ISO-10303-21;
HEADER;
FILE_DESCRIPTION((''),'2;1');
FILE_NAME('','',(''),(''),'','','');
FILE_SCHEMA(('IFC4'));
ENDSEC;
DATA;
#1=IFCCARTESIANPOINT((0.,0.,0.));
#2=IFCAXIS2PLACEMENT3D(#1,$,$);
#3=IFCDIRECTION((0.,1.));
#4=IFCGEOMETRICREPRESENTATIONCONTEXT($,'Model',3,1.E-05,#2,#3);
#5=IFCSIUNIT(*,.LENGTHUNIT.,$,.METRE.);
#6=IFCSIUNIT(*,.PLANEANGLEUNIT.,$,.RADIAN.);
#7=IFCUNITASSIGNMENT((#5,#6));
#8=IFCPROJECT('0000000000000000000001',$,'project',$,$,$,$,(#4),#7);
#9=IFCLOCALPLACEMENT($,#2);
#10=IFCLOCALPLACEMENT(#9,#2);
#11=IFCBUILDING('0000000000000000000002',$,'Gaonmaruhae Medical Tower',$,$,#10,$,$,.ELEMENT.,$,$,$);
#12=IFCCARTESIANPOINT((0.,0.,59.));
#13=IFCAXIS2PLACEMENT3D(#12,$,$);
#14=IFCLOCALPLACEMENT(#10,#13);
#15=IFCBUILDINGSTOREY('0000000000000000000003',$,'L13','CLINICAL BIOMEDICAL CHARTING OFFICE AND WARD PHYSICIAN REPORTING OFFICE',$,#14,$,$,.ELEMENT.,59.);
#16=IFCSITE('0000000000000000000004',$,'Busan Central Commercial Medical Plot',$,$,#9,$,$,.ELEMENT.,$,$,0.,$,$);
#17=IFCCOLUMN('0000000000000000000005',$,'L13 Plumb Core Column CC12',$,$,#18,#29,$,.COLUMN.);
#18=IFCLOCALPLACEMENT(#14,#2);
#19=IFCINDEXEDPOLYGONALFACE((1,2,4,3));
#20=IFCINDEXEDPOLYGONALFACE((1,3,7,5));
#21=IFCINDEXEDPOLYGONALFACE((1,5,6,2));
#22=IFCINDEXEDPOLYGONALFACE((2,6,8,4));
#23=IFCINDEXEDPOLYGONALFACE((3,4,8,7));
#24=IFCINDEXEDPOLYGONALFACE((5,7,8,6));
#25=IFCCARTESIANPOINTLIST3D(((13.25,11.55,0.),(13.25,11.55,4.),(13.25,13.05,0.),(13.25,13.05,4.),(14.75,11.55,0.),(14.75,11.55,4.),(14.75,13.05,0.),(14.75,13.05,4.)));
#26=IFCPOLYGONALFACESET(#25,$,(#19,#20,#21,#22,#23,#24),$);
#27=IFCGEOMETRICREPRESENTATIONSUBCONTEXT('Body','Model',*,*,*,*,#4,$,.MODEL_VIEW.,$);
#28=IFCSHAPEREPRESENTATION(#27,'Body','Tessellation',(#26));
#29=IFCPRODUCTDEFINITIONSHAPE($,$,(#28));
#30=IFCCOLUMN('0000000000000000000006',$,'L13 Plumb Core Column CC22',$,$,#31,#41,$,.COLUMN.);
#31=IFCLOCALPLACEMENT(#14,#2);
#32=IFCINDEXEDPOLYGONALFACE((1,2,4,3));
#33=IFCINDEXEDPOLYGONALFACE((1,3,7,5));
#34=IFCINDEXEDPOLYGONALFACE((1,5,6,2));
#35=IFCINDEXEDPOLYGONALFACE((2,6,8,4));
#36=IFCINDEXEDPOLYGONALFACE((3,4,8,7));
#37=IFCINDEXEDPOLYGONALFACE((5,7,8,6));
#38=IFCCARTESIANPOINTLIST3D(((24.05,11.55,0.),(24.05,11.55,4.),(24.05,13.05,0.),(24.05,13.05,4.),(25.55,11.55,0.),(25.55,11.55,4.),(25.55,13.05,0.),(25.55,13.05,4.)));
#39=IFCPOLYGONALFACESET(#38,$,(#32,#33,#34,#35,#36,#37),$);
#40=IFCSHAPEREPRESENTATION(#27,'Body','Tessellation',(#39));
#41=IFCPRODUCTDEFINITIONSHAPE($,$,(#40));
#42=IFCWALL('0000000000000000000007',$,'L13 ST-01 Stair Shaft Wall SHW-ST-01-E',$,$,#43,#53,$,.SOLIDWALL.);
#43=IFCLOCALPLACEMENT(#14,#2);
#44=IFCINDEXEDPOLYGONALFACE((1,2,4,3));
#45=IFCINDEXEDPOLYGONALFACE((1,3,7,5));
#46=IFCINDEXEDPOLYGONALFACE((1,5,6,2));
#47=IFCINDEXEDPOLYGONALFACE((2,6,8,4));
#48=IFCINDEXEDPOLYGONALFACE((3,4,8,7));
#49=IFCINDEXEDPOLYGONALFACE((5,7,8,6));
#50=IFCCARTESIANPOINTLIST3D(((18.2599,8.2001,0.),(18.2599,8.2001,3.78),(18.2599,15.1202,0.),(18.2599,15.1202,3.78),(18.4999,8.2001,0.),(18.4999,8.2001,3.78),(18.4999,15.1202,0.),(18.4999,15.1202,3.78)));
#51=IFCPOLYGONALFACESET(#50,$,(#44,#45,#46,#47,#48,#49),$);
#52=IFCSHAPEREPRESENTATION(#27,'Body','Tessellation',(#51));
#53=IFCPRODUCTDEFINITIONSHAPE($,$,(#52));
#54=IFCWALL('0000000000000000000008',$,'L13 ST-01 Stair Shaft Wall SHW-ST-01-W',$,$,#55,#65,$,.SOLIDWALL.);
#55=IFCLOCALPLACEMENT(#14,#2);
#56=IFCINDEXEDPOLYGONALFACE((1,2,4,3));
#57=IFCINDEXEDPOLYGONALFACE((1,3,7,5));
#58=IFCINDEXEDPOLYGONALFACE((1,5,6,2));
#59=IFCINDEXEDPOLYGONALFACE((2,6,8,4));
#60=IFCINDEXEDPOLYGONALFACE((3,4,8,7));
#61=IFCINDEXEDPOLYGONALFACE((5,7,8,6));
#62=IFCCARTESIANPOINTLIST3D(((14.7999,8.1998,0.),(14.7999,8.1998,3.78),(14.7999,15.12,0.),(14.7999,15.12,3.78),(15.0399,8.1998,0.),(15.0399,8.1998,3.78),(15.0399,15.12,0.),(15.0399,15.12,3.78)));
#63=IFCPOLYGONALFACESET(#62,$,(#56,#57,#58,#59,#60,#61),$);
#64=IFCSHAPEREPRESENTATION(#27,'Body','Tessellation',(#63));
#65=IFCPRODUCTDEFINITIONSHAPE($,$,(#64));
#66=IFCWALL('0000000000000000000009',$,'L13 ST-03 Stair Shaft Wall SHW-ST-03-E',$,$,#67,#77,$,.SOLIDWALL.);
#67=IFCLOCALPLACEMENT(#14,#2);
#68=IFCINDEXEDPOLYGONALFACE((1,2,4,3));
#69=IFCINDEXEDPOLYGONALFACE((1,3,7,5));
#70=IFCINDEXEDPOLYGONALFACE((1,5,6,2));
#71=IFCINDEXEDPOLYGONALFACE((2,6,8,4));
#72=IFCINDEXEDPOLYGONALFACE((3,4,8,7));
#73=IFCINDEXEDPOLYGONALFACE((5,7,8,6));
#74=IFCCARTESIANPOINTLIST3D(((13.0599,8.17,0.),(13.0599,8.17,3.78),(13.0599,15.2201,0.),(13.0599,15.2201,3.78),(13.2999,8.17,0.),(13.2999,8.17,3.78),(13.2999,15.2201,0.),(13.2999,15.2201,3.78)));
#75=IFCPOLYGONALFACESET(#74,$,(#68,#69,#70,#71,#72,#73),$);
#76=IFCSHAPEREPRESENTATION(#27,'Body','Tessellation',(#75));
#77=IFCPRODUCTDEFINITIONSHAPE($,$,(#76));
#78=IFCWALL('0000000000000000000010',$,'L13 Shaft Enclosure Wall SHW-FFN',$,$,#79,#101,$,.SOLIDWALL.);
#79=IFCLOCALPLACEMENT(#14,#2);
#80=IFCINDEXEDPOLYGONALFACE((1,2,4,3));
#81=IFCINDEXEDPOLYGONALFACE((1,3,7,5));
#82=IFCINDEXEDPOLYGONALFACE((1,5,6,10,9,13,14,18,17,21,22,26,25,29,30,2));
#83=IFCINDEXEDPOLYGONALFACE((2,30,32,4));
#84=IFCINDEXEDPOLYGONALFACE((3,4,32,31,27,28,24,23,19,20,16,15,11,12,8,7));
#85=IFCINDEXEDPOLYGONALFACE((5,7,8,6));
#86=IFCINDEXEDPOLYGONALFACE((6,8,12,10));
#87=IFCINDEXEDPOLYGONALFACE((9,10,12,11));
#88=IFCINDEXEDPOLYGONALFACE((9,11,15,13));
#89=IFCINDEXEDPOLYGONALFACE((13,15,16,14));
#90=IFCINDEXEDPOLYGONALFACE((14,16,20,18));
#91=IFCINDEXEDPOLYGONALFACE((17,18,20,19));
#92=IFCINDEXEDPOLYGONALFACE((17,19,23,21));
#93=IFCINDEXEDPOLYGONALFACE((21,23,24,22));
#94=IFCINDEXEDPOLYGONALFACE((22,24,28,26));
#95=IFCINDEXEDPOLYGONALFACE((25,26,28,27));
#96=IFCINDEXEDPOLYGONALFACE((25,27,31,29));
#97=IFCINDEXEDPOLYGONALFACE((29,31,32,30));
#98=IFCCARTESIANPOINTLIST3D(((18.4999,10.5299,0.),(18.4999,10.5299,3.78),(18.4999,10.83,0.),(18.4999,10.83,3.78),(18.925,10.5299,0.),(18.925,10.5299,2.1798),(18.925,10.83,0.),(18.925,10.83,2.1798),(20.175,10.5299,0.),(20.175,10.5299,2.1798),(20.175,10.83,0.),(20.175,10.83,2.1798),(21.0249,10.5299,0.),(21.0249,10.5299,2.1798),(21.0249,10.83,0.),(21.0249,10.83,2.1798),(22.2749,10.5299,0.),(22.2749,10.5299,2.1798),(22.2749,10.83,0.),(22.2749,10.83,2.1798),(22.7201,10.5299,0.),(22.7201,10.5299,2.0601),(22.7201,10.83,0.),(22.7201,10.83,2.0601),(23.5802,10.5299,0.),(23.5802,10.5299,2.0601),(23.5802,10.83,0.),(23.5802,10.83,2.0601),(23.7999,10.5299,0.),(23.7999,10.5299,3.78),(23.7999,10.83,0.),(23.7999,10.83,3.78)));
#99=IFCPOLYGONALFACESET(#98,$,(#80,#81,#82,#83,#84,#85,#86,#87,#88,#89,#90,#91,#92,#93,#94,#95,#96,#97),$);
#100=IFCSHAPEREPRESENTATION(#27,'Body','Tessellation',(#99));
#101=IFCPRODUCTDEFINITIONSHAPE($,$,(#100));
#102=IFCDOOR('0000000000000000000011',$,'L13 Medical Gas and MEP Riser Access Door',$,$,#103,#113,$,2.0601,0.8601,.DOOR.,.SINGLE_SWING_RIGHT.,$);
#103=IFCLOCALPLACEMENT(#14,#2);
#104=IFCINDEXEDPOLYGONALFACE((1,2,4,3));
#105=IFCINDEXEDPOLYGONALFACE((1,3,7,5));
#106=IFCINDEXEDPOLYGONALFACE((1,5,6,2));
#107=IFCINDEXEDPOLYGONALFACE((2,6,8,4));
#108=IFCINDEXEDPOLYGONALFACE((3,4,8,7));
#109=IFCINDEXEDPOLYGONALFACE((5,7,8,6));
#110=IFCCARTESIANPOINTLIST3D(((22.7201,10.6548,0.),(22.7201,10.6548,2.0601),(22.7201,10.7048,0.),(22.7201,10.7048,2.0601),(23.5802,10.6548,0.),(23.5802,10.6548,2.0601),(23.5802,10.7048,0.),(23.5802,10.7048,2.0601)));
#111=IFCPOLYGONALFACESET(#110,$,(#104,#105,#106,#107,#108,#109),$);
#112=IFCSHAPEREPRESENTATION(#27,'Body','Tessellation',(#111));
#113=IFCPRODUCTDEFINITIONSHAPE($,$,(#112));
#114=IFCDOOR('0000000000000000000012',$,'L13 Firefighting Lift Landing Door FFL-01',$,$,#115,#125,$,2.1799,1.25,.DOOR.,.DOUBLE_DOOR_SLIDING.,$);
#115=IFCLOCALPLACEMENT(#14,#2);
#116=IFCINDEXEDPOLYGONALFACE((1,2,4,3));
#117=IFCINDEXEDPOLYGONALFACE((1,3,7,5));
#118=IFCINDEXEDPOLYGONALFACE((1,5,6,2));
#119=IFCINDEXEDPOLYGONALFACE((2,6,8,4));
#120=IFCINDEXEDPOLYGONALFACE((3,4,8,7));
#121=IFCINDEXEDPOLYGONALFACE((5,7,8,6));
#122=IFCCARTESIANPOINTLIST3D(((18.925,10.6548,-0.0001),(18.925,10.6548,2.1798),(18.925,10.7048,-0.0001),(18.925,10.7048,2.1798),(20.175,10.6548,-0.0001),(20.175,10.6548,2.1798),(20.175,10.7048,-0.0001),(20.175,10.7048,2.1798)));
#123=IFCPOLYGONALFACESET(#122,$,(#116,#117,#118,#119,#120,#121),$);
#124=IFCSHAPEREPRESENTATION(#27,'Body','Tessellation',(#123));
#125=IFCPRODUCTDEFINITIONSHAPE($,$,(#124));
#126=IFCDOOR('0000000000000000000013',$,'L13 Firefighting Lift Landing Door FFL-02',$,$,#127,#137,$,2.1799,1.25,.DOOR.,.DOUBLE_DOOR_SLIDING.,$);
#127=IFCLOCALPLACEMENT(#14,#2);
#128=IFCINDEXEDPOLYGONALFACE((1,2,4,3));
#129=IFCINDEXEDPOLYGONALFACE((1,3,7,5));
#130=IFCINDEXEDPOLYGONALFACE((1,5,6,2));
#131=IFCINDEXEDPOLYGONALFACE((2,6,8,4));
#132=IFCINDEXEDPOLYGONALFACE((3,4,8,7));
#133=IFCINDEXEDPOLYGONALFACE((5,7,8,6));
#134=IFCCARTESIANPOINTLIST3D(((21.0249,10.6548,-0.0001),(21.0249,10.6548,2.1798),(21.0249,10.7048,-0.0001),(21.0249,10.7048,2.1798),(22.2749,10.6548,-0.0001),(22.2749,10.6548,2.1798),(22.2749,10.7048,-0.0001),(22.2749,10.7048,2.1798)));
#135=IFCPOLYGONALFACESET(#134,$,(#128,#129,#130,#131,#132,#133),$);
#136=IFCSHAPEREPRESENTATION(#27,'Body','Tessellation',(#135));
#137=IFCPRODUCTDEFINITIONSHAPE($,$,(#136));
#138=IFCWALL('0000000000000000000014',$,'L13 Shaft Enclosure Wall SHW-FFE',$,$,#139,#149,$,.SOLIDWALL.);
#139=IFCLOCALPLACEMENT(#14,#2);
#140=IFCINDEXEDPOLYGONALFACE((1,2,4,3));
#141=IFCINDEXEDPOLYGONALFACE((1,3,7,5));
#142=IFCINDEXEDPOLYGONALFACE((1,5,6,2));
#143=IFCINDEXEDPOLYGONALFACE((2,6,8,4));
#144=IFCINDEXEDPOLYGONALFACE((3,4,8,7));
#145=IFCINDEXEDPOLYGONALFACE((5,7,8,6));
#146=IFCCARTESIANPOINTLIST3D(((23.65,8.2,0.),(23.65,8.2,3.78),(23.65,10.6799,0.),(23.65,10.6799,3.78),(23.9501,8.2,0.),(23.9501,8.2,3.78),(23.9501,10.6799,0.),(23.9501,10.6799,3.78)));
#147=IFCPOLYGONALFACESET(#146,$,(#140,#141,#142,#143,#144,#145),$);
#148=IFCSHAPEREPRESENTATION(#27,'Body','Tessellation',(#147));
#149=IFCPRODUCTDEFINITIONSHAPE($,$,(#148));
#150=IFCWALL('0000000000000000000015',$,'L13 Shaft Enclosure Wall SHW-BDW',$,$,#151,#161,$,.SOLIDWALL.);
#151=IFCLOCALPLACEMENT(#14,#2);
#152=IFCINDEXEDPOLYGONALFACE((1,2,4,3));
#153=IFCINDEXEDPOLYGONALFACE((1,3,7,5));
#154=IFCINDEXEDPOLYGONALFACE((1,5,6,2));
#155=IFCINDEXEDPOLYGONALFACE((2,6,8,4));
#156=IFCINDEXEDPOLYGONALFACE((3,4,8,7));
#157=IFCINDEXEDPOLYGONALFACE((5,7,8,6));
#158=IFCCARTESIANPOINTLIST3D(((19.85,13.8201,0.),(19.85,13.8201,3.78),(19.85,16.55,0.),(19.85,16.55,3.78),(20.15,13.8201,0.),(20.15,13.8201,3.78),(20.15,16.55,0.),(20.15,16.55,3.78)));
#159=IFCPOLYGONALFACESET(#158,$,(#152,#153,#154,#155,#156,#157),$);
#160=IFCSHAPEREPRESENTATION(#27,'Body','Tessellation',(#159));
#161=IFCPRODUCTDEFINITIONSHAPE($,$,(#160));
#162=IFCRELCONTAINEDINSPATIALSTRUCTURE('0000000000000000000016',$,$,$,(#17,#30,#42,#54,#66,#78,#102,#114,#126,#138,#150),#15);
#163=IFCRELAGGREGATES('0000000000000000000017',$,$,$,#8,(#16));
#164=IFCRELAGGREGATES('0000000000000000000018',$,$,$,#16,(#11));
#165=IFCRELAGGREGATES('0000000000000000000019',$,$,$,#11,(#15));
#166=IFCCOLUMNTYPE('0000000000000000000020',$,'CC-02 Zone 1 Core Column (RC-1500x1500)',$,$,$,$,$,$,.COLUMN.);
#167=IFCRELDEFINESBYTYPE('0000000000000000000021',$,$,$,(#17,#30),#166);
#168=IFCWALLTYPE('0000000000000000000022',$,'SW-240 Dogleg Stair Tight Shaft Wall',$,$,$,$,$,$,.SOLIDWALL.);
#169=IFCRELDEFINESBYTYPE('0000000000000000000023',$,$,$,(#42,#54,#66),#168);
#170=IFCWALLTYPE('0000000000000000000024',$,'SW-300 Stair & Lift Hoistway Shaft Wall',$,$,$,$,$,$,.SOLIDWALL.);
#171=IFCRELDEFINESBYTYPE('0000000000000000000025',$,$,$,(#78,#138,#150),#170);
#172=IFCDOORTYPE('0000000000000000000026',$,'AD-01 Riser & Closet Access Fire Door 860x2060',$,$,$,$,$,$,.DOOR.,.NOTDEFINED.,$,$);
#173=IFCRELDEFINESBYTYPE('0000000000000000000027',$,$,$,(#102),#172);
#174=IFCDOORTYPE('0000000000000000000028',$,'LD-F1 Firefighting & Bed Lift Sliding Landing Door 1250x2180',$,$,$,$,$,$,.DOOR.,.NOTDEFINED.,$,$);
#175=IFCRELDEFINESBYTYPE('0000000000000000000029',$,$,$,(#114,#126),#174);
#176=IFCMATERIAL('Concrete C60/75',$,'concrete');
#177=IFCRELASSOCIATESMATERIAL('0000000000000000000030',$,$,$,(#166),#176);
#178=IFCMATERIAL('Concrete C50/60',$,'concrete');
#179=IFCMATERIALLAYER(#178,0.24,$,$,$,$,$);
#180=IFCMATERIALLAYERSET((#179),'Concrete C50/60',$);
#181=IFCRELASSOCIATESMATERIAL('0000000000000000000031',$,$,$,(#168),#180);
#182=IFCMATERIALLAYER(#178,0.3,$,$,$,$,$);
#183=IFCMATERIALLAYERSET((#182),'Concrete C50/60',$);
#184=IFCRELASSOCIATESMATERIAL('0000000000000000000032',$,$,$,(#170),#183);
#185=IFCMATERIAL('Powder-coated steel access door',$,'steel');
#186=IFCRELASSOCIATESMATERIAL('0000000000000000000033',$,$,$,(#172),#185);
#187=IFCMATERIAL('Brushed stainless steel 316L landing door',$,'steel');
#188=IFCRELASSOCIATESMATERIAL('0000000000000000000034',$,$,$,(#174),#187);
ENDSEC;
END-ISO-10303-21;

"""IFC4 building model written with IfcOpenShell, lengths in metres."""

from ifc_helpers import new_model, si_unit, direction, frame, frame_2d, origin, origin_2d, place, context, subcontext, project, spatial, rectangle, extrude, material, layer, layer_set, material_profile, profile_set, type_object, element, fill, save


model = new_model("IFC4")

# Units and contexts
model_context = context("Model", 3, precision=1e-05, world=origin(), true_north=direction((0.0, 1.0)))
body_context = subcontext(model_context, "Body", "Model", "MODEL_VIEW")
ifc_project = project(units=[si_unit("LENGTHUNIT", "METRE"), si_unit("PLANEANGLEUNIT", "RADIAN")], contexts=[model_context])

# Site, building, storey
site_placement = place(None, origin())
site = spatial("IfcSite", under=ifc_project, at=site_placement, Name="Busan Central Commercial Medical Plot", CompositionType="ELEMENT", RefElevation=0.0)
building_placement = place(site_placement, origin())
building = spatial("IfcBuilding", under=site, at=building_placement, Name="Gaonmaruhae Medical Tower", CompositionType="ELEMENT")
storey_placement = place(building_placement, frame((0.0, 0.0, 59.0)))
storey = spatial("IfcBuildingStorey", under=building, at=storey_placement, Name="L13", Description="CLINICAL BIOMEDICAL CHARTING OFFICE AND WARD PHYSICIAN REPORTING OFFICE", CompositionType="ELEMENT", Elevation=59.0)

# Columns
ifc_material_1 = material(Name="Concrete C60/75", Category="concrete")
ifc_material_profile = material_profile(ifc_material_1, rectangle(XDim=1.5, YDim=1.5, at=origin_2d()), Name="RC-1500x1500")
ifc_profile_set = profile_set([ifc_material_profile], Name="Concrete C60/75")
column_type = type_object("IfcColumnType", Name="CC-02 Zone 1 Core Column (RC-1500x1500)", PredefinedType="COLUMN", material=ifc_profile_set)
for number, where, z_axis, x_axis, name in (
    (1, (14.0, 12.3, 0.0), (0.0, 0.0, 1.0), (1.0, 0.0, 0.0), "L13 Plumb Core Column CC12"),
    (2, (24.8, 12.3, 0.0), (0.0, 0.0, 1.0), (1.0, 0.0, 0.0), "L13 Plumb Core Column CC22"),
):
    element("IfcColumn", number, at=place(storey_placement, frame(where, z_axis=z_axis, x_axis=x_axis)), inside=storey, type_object=column_type, Name=name, PredefinedType="COLUMN", context=body_context, shape_type="SweptSolid", body=[
        extrude(rectangle(XDim=1.5, YDim=1.5, at=origin_2d()), origin(), (0.0, 0.0, 1.0), 4.0),
    ])

# Shared definitions
ifc_material_2 = material(Name="Concrete C50/60", Category="concrete")
ifc_layer_1 = layer(ifc_material_2, 0.24)
ifc_layer_set_1 = layer_set([ifc_layer_1], Name="Concrete C50/60")
wall_type_1 = type_object("IfcWallType", Name="SW-240 Dogleg Stair Tight Shaft Wall", PredefinedType="SOLIDWALL", material=ifc_layer_set_1)

# Walls
for number, where, z_axis, x_axis, name in (
    (3, (18.3799, 15.1201, 0.0), (0.0, 0.0, 1.0), (0.0, -1.0, 0.0), "L13 ST-01 Stair Shaft Wall SHW-ST-01-E"),
    (4, (14.9199, 8.2, 0.0), (0.0, 0.0, 1.0), (0.0, 1.0, 0.0), "L13 ST-01 Stair Shaft Wall SHW-ST-01-W"),
):
    element("IfcWall", number, at=place(storey_placement, frame(where, z_axis=z_axis, x_axis=x_axis)), inside=storey, type_object=wall_type_1, Name=name, PredefinedType="SOLIDWALL", context=body_context, shape_type="SweptSolid", body=[
        extrude(rectangle(XDim=6.9202, YDim=0.24, at=frame_2d((3.46, 0.0))), origin(), (0.0, 0.0, 1.0), 3.78),
    ])
wall_1_placement = place(storey_placement, frame((13.1799, 15.22, 0.0), z_axis=(0.0, 0.0, 1.0), x_axis=(0.0, -1.0, 0.0)))
element("IfcWall", 5, at=wall_1_placement, inside=storey, type_object=wall_type_1, Name="L13 ST-03 Stair Shaft Wall SHW-ST-03-E", PredefinedType="SOLIDWALL", context=body_context, shape_type="SweptSolid", body=[
    extrude(rectangle(XDim=7.05, YDim=0.24, at=frame_2d((3.5249, 0.0))), origin(), (0.0, 0.0, 1.0), 3.78),
])

# Wall, openings, doors
ifc_layer_2 = layer(ifc_material_2, 0.3)
ifc_layer_set_2 = layer_set([ifc_layer_2], Name="Concrete C50/60")
wall_type_2 = type_object("IfcWallType", Name="SW-300 Stair & Lift Hoistway Shaft Wall", PredefinedType="SOLIDWALL", material=ifc_layer_set_2)
wall_2_placement = place(storey_placement, frame((18.5, 10.6799, 0.0), z_axis=(0.0, 0.0, 1.0), x_axis=(1.0, 0.0, 0.0)))
wall_2 = element("IfcWall", 6, at=wall_2_placement, inside=storey, type_object=wall_type_2, Name="L13 Shaft Enclosure Wall SHW-FFN", PredefinedType="SOLIDWALL", context=body_context, shape_type="SweptSolid", body=[
    extrude(rectangle(XDim=5.3, YDim=0.3, at=frame_2d((2.6499, 0.0))), origin(), (0.0, 0.0, 1.0), 3.78),
])
opening_1_placement = place(wall_2_placement, frame((4.22, 0.0, 0.0)))
opening_1 = element("IfcOpeningElement", 7, at=opening_1_placement, cuts=wall_2, PredefinedType="OPENING", context=body_context, shape_type="SweptSolid", body=[
    extrude(rectangle(XDim=0.8601, YDim=2.0601, at=frame_2d((0.4302, 1.03))), frame((0.0, 0.1602, 0.0), z_axis=(0.0, -1.0, 0.0), x_axis=(1.0, 0.0, 0.0)), (0.0, 0.0, 1.0), 0.3201),
])
opening_2_placement = place(wall_2_placement, frame((0.425, 0.0, 0.0)))
opening_2 = element("IfcOpeningElement", 8, at=opening_2_placement, cuts=wall_2, PredefinedType="OPENING", context=body_context, shape_type="SweptSolid", body=[
    extrude(rectangle(XDim=1.25, YDim=2.1799, at=frame_2d((0.625, 1.0898))), frame((0.0, 0.1602, 0.0), z_axis=(0.0, -1.0, 0.0), x_axis=(1.0, 0.0, 0.0)), (0.0, 0.0, 1.0), 0.3201),
])
opening_3_placement = place(wall_2_placement, frame((2.5249, 0.0, 0.0)))
opening_3 = element("IfcOpeningElement", 9, at=opening_3_placement, cuts=wall_2, PredefinedType="OPENING", context=body_context, shape_type="SweptSolid", body=[
    extrude(rectangle(XDim=1.25, YDim=2.1799, at=frame_2d((0.625, 1.0898))), frame((0.0, 0.1602, 0.0), z_axis=(0.0, -1.0, 0.0), x_axis=(1.0, 0.0, 0.0)), (0.0, 0.0, 1.0), 0.3201),
])
ifc_material_3 = material(Name="Powder-coated steel access door", Category="steel")
door_type_1 = type_object("IfcDoorType", Name="AD-01 Riser & Closet Access Fire Door 860x2060", OperationType="NOTDEFINED", PredefinedType="DOOR", material=ifc_material_3)
door_1_placement = place(opening_1_placement, origin())
door_1 = element("IfcDoor", 10, at=door_1_placement, inside=storey, type_object=door_type_1, Name="L13 Medical Gas and MEP Riser Access Door", OperationType="SINGLE_SWING_RIGHT", OverallHeight=2.0601, OverallWidth=0.8601, PredefinedType="DOOR", context=body_context, shape_type="SweptSolid", body=[
    extrude(rectangle(XDim=0.8601, YDim=2.0601, at=frame_2d((0.4302, 1.03))), frame((0.0, 0.0249, 0.0), z_axis=(0.0, -1.0, 0.0), x_axis=(1.0, 0.0, 0.0)), (0.0, 0.0, 1.0), 0.05),
])
fill(opening_1, door_1)
ifc_material_4 = material(Name="Brushed stainless steel 316L landing door", Category="steel")
door_type_2 = type_object("IfcDoorType", Name="LD-F1 Firefighting & Bed Lift Sliding Landing Door 1250x2180", OperationType="NOTDEFINED", PredefinedType="DOOR", material=ifc_material_4)
door_2_placement = place(opening_2_placement, origin())
door_2 = element("IfcDoor", 11, at=door_2_placement, inside=storey, type_object=door_type_2, Name="L13 Firefighting Lift Landing Door FFL-01", OperationType="DOUBLE_DOOR_SLIDING", OverallHeight=2.1799, OverallWidth=1.25, PredefinedType="DOOR", context=body_context, shape_type="SweptSolid", body=[
    extrude(rectangle(XDim=1.25, YDim=2.1799, at=frame_2d((0.625, 1.0898))), frame((0.0, 0.0249, 0.0), z_axis=(0.0, -1.0, 0.0), x_axis=(1.0, 0.0, 0.0)), (0.0, 0.0, 1.0), 0.05),
])
fill(opening_2, door_2)
door_3_placement = place(opening_3_placement, origin())
door_3 = element("IfcDoor", 12, at=door_3_placement, inside=storey, type_object=door_type_2, Name="L13 Firefighting Lift Landing Door FFL-02", OperationType="DOUBLE_DOOR_SLIDING", OverallHeight=2.1799, OverallWidth=1.25, PredefinedType="DOOR", context=body_context, shape_type="SweptSolid", body=[
    extrude(rectangle(XDim=1.25, YDim=2.1799, at=frame_2d((0.625, 1.0898))), frame((0.0, 0.0249, 0.0), z_axis=(0.0, -1.0, 0.0), x_axis=(1.0, 0.0, 0.0)), (0.0, 0.0, 1.0), 0.05),
])
fill(opening_3, door_3)

# Walls
wall_3_placement = place(storey_placement, frame((23.8, 8.2, 0.0), z_axis=(0.0, 0.0, 1.0), x_axis=(0.0, 1.0, 0.0)))
element("IfcWall", 13, at=wall_3_placement, inside=storey, type_object=wall_type_2, Name="L13 Shaft Enclosure Wall SHW-FFE", PredefinedType="SOLIDWALL", context=body_context, shape_type="SweptSolid", body=[
    extrude(rectangle(XDim=2.48, YDim=0.3, at=frame_2d((1.24, 0.0))), origin(), (0.0, 0.0, 1.0), 3.78),
])
wall_4_placement = place(storey_placement, frame((20.0, 13.8201, 0.0), z_axis=(0.0, 0.0, 1.0), x_axis=(0.0, 1.0, 0.0)))
element("IfcWall", 14, at=wall_4_placement, inside=storey, type_object=wall_type_2, Name="L13 Shaft Enclosure Wall SHW-BDW", PredefinedType="SOLIDWALL", context=body_context, shape_type="SweptSolid", body=[
    extrude(rectangle(XDim=2.73, YDim=0.3, at=frame_2d((1.365, 0.0))), origin(), (0.0, 0.0, 1.0), 3.78),
])

save(model, "model.ifc")
